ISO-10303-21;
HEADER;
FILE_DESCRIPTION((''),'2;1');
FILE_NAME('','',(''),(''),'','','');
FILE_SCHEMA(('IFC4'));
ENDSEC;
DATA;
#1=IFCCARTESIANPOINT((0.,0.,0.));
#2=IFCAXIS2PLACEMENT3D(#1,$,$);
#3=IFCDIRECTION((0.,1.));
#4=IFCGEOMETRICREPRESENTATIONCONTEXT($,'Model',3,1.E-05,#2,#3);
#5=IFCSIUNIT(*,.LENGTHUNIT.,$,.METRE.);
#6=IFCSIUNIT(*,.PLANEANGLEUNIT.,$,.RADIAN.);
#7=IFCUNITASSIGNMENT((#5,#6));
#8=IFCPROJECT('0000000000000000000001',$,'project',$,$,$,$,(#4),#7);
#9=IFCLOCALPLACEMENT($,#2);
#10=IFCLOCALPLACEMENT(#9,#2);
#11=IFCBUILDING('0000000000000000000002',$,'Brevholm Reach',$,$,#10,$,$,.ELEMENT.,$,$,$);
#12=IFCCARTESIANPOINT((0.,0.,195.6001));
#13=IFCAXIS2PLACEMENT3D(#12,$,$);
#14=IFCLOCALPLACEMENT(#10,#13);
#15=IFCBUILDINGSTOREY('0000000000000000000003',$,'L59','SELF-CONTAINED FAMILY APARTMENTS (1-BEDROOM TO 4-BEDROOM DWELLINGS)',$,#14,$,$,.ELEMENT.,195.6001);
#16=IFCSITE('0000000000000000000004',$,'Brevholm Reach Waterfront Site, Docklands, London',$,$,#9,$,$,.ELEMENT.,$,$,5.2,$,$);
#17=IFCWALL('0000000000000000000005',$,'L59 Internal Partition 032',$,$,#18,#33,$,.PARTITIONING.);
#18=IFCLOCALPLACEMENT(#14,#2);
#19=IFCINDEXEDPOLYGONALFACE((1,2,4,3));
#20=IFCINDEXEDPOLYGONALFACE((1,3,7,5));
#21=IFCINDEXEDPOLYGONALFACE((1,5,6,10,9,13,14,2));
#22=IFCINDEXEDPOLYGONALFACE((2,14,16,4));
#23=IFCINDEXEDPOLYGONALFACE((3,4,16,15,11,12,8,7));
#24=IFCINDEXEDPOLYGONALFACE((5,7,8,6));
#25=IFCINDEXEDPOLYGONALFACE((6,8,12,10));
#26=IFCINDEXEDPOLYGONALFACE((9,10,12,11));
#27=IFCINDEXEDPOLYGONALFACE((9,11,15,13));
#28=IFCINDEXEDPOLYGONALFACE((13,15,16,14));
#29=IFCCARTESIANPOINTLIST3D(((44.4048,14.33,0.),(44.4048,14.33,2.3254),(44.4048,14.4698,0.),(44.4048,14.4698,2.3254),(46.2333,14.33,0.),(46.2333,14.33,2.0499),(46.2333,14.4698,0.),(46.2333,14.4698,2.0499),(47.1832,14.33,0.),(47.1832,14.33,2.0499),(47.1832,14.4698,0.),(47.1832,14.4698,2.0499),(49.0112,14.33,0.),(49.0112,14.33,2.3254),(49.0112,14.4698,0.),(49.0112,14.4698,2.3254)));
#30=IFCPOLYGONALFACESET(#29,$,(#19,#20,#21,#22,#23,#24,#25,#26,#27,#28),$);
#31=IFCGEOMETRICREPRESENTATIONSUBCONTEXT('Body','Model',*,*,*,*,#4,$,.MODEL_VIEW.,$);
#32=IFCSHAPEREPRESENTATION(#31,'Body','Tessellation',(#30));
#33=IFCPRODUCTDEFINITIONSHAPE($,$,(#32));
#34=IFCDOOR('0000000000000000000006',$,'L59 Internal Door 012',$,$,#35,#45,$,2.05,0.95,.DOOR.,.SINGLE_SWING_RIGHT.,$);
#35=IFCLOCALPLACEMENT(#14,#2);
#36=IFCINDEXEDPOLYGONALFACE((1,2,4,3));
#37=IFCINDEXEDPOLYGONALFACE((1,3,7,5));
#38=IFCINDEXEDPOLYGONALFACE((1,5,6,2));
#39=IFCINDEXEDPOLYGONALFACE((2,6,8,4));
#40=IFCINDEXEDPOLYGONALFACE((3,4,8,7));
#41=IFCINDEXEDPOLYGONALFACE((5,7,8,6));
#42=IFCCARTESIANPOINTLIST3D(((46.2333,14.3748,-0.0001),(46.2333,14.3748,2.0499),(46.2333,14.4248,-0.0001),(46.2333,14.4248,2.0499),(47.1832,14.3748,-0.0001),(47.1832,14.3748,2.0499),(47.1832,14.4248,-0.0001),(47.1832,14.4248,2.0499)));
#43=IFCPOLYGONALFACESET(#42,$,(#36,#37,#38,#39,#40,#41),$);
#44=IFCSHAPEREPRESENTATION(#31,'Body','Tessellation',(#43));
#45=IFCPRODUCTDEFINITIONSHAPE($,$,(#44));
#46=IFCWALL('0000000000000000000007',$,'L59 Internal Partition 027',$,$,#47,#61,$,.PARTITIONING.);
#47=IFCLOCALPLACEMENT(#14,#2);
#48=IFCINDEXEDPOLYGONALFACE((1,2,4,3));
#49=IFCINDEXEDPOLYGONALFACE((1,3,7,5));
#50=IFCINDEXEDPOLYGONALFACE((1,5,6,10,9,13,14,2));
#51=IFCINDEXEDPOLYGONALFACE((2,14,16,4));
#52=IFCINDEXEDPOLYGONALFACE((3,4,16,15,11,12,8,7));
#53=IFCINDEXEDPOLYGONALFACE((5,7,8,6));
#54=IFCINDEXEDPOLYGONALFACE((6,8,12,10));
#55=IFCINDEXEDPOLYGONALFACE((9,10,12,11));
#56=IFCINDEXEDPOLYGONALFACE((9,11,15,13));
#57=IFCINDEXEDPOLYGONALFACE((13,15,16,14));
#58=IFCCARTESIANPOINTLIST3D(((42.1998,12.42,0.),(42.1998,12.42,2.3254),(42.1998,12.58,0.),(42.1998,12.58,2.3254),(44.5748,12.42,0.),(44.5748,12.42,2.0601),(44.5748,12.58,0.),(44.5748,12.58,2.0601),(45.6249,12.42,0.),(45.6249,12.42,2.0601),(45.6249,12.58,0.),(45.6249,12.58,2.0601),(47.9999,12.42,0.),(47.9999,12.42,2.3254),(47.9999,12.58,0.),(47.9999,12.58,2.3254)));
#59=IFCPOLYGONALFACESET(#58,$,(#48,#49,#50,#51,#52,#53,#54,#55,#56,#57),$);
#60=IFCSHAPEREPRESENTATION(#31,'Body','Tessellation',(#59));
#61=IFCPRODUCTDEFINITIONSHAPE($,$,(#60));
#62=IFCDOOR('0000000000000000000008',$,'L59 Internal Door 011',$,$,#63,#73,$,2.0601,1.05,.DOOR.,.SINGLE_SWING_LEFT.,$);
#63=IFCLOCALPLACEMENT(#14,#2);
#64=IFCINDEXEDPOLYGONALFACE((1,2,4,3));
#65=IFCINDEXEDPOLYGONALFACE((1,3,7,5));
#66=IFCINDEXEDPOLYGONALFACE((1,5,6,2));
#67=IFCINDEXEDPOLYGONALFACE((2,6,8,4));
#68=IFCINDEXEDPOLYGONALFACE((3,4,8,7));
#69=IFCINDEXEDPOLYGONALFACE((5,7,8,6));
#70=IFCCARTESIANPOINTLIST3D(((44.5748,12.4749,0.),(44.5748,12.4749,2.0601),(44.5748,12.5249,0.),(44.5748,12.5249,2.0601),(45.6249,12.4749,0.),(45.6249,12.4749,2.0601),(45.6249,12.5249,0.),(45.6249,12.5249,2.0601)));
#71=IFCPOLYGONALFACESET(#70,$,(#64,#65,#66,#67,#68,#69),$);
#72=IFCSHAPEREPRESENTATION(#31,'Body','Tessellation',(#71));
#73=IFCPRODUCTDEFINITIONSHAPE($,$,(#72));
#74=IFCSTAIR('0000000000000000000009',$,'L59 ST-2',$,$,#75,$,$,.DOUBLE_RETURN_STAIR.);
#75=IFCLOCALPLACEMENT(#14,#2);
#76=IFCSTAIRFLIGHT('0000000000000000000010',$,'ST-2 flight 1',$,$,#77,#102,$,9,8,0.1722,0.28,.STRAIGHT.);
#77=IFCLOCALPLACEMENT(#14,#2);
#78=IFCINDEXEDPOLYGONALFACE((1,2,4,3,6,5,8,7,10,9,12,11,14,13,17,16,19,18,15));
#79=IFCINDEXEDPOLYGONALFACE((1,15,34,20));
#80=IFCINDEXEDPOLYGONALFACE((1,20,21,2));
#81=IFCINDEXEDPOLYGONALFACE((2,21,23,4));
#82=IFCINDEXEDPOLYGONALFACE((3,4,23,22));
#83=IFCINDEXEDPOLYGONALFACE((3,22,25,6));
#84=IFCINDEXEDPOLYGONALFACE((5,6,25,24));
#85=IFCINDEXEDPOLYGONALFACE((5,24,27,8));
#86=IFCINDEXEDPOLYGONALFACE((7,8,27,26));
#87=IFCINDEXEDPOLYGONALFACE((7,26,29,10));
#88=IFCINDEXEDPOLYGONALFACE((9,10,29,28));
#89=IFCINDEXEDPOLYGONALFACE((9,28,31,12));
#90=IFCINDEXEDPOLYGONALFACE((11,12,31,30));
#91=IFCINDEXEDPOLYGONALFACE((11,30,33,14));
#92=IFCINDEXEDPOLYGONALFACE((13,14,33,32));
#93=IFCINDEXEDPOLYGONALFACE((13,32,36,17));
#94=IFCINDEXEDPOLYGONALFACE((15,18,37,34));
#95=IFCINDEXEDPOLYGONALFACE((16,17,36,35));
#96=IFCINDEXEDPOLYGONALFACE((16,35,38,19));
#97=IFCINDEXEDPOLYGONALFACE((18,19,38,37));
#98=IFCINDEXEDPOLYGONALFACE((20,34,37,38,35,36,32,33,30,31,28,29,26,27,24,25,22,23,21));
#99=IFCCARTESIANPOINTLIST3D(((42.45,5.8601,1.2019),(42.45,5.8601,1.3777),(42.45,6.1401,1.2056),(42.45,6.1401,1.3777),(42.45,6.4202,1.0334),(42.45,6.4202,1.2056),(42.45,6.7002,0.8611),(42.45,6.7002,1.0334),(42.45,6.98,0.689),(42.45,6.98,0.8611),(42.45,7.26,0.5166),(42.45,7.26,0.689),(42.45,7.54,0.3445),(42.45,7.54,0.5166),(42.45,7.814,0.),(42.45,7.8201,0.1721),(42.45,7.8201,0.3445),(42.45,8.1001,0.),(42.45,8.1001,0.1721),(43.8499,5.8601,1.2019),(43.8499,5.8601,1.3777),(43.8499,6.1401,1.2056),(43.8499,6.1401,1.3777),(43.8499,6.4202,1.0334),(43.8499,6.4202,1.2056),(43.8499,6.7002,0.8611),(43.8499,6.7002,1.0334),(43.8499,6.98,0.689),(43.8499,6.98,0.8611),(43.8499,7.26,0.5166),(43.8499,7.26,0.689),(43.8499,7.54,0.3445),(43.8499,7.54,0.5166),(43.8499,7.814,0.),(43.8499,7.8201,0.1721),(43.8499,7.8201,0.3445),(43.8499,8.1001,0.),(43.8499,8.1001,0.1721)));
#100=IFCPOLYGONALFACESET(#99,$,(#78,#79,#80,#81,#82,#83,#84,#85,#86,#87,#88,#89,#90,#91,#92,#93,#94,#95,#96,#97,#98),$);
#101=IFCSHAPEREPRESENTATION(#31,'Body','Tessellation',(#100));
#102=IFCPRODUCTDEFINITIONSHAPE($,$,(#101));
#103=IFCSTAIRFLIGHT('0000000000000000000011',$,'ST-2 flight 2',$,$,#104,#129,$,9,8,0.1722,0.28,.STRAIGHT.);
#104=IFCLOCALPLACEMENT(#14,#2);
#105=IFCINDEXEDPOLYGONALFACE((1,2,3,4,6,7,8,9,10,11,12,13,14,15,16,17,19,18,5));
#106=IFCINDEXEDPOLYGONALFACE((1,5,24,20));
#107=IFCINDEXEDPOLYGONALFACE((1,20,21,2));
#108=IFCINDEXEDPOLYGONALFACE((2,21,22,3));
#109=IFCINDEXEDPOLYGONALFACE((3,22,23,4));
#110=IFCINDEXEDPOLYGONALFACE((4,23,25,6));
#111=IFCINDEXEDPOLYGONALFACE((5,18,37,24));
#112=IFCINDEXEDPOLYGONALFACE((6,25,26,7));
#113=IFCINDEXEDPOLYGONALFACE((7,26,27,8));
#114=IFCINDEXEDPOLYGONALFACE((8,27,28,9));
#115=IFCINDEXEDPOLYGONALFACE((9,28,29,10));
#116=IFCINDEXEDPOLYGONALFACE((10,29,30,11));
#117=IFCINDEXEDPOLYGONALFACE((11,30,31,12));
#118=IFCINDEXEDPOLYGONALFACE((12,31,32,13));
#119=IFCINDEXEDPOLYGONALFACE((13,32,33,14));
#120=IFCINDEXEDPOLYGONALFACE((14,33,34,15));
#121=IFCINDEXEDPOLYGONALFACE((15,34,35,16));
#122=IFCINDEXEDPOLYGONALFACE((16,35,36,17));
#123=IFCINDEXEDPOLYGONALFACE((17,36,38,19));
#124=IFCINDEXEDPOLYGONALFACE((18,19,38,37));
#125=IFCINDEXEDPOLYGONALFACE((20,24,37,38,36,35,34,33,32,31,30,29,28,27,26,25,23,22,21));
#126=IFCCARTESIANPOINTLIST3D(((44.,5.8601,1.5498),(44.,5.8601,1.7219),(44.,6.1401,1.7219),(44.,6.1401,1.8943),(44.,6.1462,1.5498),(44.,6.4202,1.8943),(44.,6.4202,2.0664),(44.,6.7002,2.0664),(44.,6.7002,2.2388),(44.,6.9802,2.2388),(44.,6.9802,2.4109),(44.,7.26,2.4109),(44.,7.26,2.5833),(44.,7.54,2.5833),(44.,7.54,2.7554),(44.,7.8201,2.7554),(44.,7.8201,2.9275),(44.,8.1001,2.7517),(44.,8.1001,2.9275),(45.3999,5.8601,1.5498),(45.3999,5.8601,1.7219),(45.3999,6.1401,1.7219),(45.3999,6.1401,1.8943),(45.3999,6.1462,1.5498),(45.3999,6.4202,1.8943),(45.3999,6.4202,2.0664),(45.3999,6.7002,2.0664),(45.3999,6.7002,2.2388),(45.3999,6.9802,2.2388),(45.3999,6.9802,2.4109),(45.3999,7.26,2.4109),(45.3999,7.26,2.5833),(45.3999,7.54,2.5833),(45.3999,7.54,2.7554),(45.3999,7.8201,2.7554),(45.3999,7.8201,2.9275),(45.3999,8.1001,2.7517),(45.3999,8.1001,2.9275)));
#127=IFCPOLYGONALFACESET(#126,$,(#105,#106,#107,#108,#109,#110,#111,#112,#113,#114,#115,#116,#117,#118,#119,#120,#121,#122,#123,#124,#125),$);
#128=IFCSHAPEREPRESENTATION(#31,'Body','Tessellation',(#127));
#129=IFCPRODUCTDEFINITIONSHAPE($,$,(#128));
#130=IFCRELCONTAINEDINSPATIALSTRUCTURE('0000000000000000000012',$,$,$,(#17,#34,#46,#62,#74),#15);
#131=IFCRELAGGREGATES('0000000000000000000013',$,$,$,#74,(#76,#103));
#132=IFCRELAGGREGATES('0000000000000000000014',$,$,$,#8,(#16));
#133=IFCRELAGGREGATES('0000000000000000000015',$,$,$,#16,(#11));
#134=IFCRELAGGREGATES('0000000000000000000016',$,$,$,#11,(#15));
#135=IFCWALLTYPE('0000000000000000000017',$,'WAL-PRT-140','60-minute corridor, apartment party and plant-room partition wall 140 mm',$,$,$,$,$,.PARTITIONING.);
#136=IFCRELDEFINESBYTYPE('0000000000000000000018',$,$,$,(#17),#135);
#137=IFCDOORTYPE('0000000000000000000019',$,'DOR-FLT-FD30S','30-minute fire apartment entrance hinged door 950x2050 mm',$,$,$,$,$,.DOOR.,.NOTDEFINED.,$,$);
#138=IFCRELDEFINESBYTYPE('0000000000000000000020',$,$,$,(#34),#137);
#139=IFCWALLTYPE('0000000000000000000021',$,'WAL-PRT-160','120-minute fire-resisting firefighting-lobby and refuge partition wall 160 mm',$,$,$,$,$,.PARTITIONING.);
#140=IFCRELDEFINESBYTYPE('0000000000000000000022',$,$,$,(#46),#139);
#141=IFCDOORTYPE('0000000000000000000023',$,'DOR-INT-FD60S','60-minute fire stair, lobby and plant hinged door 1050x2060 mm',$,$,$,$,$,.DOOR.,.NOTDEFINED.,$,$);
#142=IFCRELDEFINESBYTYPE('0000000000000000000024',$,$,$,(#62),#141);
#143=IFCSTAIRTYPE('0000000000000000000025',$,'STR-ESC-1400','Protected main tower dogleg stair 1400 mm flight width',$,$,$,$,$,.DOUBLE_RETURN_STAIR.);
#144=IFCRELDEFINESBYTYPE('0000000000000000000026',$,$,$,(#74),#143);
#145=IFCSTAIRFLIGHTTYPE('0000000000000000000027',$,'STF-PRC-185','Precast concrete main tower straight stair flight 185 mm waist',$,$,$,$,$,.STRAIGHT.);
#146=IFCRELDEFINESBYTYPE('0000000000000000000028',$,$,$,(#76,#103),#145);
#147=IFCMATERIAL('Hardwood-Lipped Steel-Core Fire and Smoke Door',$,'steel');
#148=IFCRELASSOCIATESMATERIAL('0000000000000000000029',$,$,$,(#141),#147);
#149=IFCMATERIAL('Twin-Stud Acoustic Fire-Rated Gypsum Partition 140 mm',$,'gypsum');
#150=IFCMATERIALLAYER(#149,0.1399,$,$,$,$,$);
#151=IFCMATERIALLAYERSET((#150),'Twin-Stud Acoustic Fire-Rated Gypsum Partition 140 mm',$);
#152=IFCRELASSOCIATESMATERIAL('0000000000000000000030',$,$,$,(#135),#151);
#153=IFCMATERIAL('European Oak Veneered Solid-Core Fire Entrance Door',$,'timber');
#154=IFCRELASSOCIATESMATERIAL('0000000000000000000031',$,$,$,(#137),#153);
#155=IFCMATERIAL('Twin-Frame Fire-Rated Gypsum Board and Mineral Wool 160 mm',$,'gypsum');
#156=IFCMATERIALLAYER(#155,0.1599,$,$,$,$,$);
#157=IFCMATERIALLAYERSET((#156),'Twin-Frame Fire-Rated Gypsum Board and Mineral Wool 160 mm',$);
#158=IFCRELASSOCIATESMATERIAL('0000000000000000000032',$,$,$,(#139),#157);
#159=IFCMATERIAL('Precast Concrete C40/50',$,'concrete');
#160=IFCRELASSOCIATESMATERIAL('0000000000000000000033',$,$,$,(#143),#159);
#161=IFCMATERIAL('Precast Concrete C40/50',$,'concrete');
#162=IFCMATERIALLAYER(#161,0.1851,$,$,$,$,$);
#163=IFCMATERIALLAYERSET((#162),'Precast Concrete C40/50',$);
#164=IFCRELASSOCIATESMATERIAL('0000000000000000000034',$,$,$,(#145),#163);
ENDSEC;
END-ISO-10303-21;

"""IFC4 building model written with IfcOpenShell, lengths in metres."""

from ifc_helpers import new_model, si_unit, direction, frame, frame_2d, origin, place, context, subcontext, project, spatial, polyline, rectangle, outline, extrude, material, layer, layer_set, type_object, element, fill, aggregate, save


model = new_model("IFC4")

# Units and contexts
model_context = context("Model", 3, precision=1e-05, world=origin(), true_north=direction((0.0, 1.0)))
body_context = subcontext(model_context, "Body", "Model", "MODEL_VIEW")
ifc_project = project(units=[si_unit("LENGTHUNIT", "METRE"), si_unit("PLANEANGLEUNIT", "RADIAN")], contexts=[model_context])

# Site, building, storey
site_placement = place(None, origin())
site = spatial("IfcSite", under=ifc_project, at=site_placement, Name="Brevholm Reach Waterfront Site, Docklands, London", CompositionType="ELEMENT", RefElevation=5.2)
building_placement = place(site_placement, origin())
building = spatial("IfcBuilding", under=site, at=building_placement, Name="Brevholm Reach", CompositionType="ELEMENT")
storey_placement = place(building_placement, frame((0.0, 0.0, 195.6001)))
storey = spatial("IfcBuildingStorey", under=building, at=storey_placement, Name="L59", Description="SELF-CONTAINED FAMILY APARTMENTS (1-BEDROOM TO 4-BEDROOM DWELLINGS)", CompositionType="ELEMENT", Elevation=195.6001)

# Shared definitions
ifc_material_1 = material(Name="Hardwood-Lipped Steel-Core Fire and Smoke Door", Category="steel")
door_type_1 = type_object("IfcDoorType", Name="DOR-INT-FD60S", Description="60-minute fire stair, lobby and plant hinged door 1050x2060 mm", OperationType="NOTDEFINED", PredefinedType="DOOR", material=ifc_material_1)

# Shared definitions
ifc_material_2 = material(Name="Twin-Stud Acoustic Fire-Rated Gypsum Partition 140 mm", Category="gypsum")
ifc_layer_1 = layer(ifc_material_2, 0.1399)
ifc_layer_set_1 = layer_set([ifc_layer_1], Name="Twin-Stud Acoustic Fire-Rated Gypsum Partition 140 mm")
wall_type_1 = type_object("IfcWallType", Name="WAL-PRT-140", Description="60-minute corridor, apartment party and plant-room partition wall 140 mm", PredefinedType="PARTITIONING", material=ifc_layer_set_1)

# Walls, openings, doors
wall_1_placement = place(storey_placement, frame((44.4048, 14.3999, 0.0), z_axis=(0.0, 0.0, 1.0), x_axis=(1.0, 0.0, 0.0)))
wall_1 = element("IfcWall", 1, at=wall_1_placement, inside=storey, type_object=wall_type_1, Name="L59 Internal Partition 032", PredefinedType="PARTITIONING", context=body_context, shape_type="SweptSolid", body=[
    extrude(rectangle(XDim=4.6064, YDim=0.1399, at=frame_2d((2.3032, 0.0))), origin(), (0.0, 0.0, 1.0), 2.3254),
])
opening_1_placement = place(wall_1_placement, frame((1.8284, 0.0, 0.0)))
opening_1 = element("IfcOpeningElement", 2, at=opening_1_placement, cuts=wall_1, PredefinedType="OPENING", context=body_context, shape_type="SweptSolid", body=[
    extrude(rectangle(XDim=0.95, YDim=2.05, at=frame_2d((0.4751, 1.0249))), frame((0.0, 0.0798, 0.0), z_axis=(0.0, -1.0, 0.0), x_axis=(1.0, 0.0, 0.0)), (0.0, 0.0, 1.0), 0.1599),
])
ifc_material_3 = material(Name="European Oak Veneered Solid-Core Fire Entrance Door", Category="timber")
door_type_2 = type_object("IfcDoorType", Name="DOR-FLT-FD30S", Description="30-minute fire apartment entrance hinged door 950x2050 mm", OperationType="NOTDEFINED", PredefinedType="DOOR", material=ifc_material_3)
door_1_placement = place(opening_1_placement, origin())
door_1 = element("IfcDoor", 3, at=door_1_placement, inside=storey, type_object=door_type_2, Name="L59 Internal Door 012", OperationType="SINGLE_SWING_RIGHT", OverallHeight=2.05, OverallWidth=0.95, PredefinedType="DOOR", context=body_context, shape_type="SweptSolid", body=[
    extrude(rectangle(XDim=0.95, YDim=2.05, at=frame_2d((0.4751, 1.0249))), frame((0.0, 0.0249, 0.0), z_axis=(0.0, -1.0, 0.0), x_axis=(1.0, 0.0, 0.0)), (0.0, 0.0, 1.0), 0.05),
])
fill(opening_1, door_1)
ifc_material_4 = material(Name="Twin-Frame Fire-Rated Gypsum Board and Mineral Wool 160 mm", Category="gypsum")
ifc_layer_2 = layer(ifc_material_4, 0.1599)
ifc_layer_set_2 = layer_set([ifc_layer_2], Name="Twin-Frame Fire-Rated Gypsum Board and Mineral Wool 160 mm")
wall_type_2 = type_object("IfcWallType", Name="WAL-PRT-160", Description="120-minute fire-resisting firefighting-lobby and refuge partition wall 160 mm", PredefinedType="PARTITIONING", material=ifc_layer_set_2)
wall_2_placement = place(storey_placement, frame((42.2, 12.5, 0.0), z_axis=(0.0, 0.0, 1.0), x_axis=(1.0, 0.0, 0.0)))
wall_2 = element("IfcWall", 4, at=wall_2_placement, inside=storey, type_object=wall_type_2, Name="L59 Internal Partition 027", PredefinedType="PARTITIONING", context=body_context, shape_type="SweptSolid", body=[
    extrude(rectangle(XDim=5.8, YDim=0.1599, at=frame_2d((2.8999, 0.0))), origin(), (0.0, 0.0, 1.0), 2.3254),
])
opening_2_placement = place(wall_2_placement, frame((2.375, 0.0, 0.0)))
opening_2 = element("IfcOpeningElement", 5, at=opening_2_placement, cuts=wall_2, PredefinedType="OPENING", context=body_context, shape_type="SweptSolid", body=[
    extrude(rectangle(XDim=1.05, YDim=2.0601, at=frame_2d((0.5249, 1.03))), frame((0.0, 0.0898, 0.0), z_axis=(0.0, -1.0, 0.0), x_axis=(1.0, 0.0, 0.0)), (0.0, 0.0, 1.0), 0.1799),
])
door_2_placement = place(opening_2_placement, origin())
door_2 = element("IfcDoor", 6, at=door_2_placement, inside=storey, type_object=door_type_1, Name="L59 Internal Door 011", OperationType="SINGLE_SWING_LEFT", OverallHeight=2.0601, OverallWidth=1.05, PredefinedType="DOOR", context=body_context, shape_type="SweptSolid", body=[
    extrude(rectangle(XDim=1.05, YDim=2.0601, at=frame_2d((0.5249, 1.03))), frame((0.0, 0.0249, 0.0), z_axis=(0.0, -1.0, 0.0), x_axis=(1.0, 0.0, 0.0)), (0.0, 0.0, 1.0), 0.05),
])
fill(opening_2, door_2)

# Stair, stair flights
ifc_material_5 = material(Name="Precast Concrete C40/50", Category="concrete")
stair_type = type_object("IfcStairType", Name="STR-ESC-1400", Description="Protected main tower dogleg stair 1400 mm flight width", PredefinedType="DOUBLE_RETURN_STAIR", material=ifc_material_5)
stair_placement = place(storey_placement, origin())
stair = element("IfcStair", 7, at=stair_placement, inside=storey, type_object=stair_type, Name="L59 ST-2", PredefinedType="DOUBLE_RETURN_STAIR")
ifc_material_6 = material(Name="Precast Concrete C40/50", Category="concrete")
ifc_layer_3 = layer(ifc_material_6, 0.1851)
ifc_layer_set_3 = layer_set([ifc_layer_3], Name="Precast Concrete C40/50")
stair_flight_type = type_object("IfcStairFlightType", Name="STF-PRC-185", Description="Precast concrete main tower straight stair flight 185 mm waist", PredefinedType="STRAIGHT", material=ifc_layer_set_3)
stair_flight_1_placement = place(storey_placement, frame((43.1499, 8.1001, 0.0), z_axis=(0.0, 0.0, 1.0), x_axis=(0.0, -1.0, 0.0)))
stair_flight_1 = element("IfcStairFlight", 8, at=stair_flight_1_placement, type_object=stair_flight_type, Name="ST-2 flight 1", NumberOfRisers=9, NumberOfTreads=8, PredefinedType="STRAIGHT", RiserHeight=0.1722, TreadLength=0.28, context=body_context, shape_type="SweptSolid", body=[
    extrude(outline(polyline([(0.0, 0.0), (0.0, 0.1721), (0.28, 0.1721), (0.28, 0.3445), (0.5601, 0.3445), (0.5601, 0.5166), (0.8401, 0.5166), (0.8401, 0.689), (1.1201, 0.689), (1.1201, 0.8611), (1.3999, 0.8611), (1.3999, 1.0334), (1.6799, 1.0334), (1.6799, 1.2056), (1.96, 1.2056), (1.96, 1.3777), (2.24, 1.3777), (2.24, 1.55), (2.24, 1.2019), (0.2861, 0.0), (0.0, 0.0)])), frame((0.0, 0.7, 0.0), z_axis=(0.0, -1.0, 0.0), x_axis=(1.0, 0.0, 0.0)), (0.0, 0.0, 1.0), 1.3999),
])
stair_flight_2_placement = place(storey_placement, frame((44.7, 5.8601, 1.5498), z_axis=(0.0, 0.0, 1.0), x_axis=(0.0, 1.0, 0.0)))
stair_flight_2 = element("IfcStairFlight", 9, at=stair_flight_2_placement, type_object=stair_flight_type, Name="ST-2 flight 2", NumberOfRisers=9, NumberOfTreads=8, PredefinedType="STRAIGHT", RiserHeight=0.1722, TreadLength=0.28, context=body_context, shape_type="SweptSolid", body=[
    extrude(outline(polyline([(0.0, 0.0), (0.0, 0.1721), (0.28, 0.1721), (0.28, 0.3445), (0.5601, 0.3445), (0.5601, 0.5166), (0.8401, 0.5166), (0.8401, 0.689), (1.1201, 0.689), (1.1201, 0.8611), (1.3999, 0.8611), (1.3999, 1.0334), (1.6799, 1.0334), (1.6799, 1.2056), (1.96, 1.2056), (1.96, 1.3777), (2.24, 1.3777), (2.24, 1.55), (2.24, 1.2019), (0.2861, 0.0), (0.0, 0.0)])), frame((0.0, 0.7, 0.0), z_axis=(0.0, -1.0, 0.0), x_axis=(1.0, 0.0, 0.0)), (0.0, 0.0, 1.0), 1.3999),
])
aggregate(stair, [stair_flight_1, stair_flight_2])

save(model, "model.ifc")
